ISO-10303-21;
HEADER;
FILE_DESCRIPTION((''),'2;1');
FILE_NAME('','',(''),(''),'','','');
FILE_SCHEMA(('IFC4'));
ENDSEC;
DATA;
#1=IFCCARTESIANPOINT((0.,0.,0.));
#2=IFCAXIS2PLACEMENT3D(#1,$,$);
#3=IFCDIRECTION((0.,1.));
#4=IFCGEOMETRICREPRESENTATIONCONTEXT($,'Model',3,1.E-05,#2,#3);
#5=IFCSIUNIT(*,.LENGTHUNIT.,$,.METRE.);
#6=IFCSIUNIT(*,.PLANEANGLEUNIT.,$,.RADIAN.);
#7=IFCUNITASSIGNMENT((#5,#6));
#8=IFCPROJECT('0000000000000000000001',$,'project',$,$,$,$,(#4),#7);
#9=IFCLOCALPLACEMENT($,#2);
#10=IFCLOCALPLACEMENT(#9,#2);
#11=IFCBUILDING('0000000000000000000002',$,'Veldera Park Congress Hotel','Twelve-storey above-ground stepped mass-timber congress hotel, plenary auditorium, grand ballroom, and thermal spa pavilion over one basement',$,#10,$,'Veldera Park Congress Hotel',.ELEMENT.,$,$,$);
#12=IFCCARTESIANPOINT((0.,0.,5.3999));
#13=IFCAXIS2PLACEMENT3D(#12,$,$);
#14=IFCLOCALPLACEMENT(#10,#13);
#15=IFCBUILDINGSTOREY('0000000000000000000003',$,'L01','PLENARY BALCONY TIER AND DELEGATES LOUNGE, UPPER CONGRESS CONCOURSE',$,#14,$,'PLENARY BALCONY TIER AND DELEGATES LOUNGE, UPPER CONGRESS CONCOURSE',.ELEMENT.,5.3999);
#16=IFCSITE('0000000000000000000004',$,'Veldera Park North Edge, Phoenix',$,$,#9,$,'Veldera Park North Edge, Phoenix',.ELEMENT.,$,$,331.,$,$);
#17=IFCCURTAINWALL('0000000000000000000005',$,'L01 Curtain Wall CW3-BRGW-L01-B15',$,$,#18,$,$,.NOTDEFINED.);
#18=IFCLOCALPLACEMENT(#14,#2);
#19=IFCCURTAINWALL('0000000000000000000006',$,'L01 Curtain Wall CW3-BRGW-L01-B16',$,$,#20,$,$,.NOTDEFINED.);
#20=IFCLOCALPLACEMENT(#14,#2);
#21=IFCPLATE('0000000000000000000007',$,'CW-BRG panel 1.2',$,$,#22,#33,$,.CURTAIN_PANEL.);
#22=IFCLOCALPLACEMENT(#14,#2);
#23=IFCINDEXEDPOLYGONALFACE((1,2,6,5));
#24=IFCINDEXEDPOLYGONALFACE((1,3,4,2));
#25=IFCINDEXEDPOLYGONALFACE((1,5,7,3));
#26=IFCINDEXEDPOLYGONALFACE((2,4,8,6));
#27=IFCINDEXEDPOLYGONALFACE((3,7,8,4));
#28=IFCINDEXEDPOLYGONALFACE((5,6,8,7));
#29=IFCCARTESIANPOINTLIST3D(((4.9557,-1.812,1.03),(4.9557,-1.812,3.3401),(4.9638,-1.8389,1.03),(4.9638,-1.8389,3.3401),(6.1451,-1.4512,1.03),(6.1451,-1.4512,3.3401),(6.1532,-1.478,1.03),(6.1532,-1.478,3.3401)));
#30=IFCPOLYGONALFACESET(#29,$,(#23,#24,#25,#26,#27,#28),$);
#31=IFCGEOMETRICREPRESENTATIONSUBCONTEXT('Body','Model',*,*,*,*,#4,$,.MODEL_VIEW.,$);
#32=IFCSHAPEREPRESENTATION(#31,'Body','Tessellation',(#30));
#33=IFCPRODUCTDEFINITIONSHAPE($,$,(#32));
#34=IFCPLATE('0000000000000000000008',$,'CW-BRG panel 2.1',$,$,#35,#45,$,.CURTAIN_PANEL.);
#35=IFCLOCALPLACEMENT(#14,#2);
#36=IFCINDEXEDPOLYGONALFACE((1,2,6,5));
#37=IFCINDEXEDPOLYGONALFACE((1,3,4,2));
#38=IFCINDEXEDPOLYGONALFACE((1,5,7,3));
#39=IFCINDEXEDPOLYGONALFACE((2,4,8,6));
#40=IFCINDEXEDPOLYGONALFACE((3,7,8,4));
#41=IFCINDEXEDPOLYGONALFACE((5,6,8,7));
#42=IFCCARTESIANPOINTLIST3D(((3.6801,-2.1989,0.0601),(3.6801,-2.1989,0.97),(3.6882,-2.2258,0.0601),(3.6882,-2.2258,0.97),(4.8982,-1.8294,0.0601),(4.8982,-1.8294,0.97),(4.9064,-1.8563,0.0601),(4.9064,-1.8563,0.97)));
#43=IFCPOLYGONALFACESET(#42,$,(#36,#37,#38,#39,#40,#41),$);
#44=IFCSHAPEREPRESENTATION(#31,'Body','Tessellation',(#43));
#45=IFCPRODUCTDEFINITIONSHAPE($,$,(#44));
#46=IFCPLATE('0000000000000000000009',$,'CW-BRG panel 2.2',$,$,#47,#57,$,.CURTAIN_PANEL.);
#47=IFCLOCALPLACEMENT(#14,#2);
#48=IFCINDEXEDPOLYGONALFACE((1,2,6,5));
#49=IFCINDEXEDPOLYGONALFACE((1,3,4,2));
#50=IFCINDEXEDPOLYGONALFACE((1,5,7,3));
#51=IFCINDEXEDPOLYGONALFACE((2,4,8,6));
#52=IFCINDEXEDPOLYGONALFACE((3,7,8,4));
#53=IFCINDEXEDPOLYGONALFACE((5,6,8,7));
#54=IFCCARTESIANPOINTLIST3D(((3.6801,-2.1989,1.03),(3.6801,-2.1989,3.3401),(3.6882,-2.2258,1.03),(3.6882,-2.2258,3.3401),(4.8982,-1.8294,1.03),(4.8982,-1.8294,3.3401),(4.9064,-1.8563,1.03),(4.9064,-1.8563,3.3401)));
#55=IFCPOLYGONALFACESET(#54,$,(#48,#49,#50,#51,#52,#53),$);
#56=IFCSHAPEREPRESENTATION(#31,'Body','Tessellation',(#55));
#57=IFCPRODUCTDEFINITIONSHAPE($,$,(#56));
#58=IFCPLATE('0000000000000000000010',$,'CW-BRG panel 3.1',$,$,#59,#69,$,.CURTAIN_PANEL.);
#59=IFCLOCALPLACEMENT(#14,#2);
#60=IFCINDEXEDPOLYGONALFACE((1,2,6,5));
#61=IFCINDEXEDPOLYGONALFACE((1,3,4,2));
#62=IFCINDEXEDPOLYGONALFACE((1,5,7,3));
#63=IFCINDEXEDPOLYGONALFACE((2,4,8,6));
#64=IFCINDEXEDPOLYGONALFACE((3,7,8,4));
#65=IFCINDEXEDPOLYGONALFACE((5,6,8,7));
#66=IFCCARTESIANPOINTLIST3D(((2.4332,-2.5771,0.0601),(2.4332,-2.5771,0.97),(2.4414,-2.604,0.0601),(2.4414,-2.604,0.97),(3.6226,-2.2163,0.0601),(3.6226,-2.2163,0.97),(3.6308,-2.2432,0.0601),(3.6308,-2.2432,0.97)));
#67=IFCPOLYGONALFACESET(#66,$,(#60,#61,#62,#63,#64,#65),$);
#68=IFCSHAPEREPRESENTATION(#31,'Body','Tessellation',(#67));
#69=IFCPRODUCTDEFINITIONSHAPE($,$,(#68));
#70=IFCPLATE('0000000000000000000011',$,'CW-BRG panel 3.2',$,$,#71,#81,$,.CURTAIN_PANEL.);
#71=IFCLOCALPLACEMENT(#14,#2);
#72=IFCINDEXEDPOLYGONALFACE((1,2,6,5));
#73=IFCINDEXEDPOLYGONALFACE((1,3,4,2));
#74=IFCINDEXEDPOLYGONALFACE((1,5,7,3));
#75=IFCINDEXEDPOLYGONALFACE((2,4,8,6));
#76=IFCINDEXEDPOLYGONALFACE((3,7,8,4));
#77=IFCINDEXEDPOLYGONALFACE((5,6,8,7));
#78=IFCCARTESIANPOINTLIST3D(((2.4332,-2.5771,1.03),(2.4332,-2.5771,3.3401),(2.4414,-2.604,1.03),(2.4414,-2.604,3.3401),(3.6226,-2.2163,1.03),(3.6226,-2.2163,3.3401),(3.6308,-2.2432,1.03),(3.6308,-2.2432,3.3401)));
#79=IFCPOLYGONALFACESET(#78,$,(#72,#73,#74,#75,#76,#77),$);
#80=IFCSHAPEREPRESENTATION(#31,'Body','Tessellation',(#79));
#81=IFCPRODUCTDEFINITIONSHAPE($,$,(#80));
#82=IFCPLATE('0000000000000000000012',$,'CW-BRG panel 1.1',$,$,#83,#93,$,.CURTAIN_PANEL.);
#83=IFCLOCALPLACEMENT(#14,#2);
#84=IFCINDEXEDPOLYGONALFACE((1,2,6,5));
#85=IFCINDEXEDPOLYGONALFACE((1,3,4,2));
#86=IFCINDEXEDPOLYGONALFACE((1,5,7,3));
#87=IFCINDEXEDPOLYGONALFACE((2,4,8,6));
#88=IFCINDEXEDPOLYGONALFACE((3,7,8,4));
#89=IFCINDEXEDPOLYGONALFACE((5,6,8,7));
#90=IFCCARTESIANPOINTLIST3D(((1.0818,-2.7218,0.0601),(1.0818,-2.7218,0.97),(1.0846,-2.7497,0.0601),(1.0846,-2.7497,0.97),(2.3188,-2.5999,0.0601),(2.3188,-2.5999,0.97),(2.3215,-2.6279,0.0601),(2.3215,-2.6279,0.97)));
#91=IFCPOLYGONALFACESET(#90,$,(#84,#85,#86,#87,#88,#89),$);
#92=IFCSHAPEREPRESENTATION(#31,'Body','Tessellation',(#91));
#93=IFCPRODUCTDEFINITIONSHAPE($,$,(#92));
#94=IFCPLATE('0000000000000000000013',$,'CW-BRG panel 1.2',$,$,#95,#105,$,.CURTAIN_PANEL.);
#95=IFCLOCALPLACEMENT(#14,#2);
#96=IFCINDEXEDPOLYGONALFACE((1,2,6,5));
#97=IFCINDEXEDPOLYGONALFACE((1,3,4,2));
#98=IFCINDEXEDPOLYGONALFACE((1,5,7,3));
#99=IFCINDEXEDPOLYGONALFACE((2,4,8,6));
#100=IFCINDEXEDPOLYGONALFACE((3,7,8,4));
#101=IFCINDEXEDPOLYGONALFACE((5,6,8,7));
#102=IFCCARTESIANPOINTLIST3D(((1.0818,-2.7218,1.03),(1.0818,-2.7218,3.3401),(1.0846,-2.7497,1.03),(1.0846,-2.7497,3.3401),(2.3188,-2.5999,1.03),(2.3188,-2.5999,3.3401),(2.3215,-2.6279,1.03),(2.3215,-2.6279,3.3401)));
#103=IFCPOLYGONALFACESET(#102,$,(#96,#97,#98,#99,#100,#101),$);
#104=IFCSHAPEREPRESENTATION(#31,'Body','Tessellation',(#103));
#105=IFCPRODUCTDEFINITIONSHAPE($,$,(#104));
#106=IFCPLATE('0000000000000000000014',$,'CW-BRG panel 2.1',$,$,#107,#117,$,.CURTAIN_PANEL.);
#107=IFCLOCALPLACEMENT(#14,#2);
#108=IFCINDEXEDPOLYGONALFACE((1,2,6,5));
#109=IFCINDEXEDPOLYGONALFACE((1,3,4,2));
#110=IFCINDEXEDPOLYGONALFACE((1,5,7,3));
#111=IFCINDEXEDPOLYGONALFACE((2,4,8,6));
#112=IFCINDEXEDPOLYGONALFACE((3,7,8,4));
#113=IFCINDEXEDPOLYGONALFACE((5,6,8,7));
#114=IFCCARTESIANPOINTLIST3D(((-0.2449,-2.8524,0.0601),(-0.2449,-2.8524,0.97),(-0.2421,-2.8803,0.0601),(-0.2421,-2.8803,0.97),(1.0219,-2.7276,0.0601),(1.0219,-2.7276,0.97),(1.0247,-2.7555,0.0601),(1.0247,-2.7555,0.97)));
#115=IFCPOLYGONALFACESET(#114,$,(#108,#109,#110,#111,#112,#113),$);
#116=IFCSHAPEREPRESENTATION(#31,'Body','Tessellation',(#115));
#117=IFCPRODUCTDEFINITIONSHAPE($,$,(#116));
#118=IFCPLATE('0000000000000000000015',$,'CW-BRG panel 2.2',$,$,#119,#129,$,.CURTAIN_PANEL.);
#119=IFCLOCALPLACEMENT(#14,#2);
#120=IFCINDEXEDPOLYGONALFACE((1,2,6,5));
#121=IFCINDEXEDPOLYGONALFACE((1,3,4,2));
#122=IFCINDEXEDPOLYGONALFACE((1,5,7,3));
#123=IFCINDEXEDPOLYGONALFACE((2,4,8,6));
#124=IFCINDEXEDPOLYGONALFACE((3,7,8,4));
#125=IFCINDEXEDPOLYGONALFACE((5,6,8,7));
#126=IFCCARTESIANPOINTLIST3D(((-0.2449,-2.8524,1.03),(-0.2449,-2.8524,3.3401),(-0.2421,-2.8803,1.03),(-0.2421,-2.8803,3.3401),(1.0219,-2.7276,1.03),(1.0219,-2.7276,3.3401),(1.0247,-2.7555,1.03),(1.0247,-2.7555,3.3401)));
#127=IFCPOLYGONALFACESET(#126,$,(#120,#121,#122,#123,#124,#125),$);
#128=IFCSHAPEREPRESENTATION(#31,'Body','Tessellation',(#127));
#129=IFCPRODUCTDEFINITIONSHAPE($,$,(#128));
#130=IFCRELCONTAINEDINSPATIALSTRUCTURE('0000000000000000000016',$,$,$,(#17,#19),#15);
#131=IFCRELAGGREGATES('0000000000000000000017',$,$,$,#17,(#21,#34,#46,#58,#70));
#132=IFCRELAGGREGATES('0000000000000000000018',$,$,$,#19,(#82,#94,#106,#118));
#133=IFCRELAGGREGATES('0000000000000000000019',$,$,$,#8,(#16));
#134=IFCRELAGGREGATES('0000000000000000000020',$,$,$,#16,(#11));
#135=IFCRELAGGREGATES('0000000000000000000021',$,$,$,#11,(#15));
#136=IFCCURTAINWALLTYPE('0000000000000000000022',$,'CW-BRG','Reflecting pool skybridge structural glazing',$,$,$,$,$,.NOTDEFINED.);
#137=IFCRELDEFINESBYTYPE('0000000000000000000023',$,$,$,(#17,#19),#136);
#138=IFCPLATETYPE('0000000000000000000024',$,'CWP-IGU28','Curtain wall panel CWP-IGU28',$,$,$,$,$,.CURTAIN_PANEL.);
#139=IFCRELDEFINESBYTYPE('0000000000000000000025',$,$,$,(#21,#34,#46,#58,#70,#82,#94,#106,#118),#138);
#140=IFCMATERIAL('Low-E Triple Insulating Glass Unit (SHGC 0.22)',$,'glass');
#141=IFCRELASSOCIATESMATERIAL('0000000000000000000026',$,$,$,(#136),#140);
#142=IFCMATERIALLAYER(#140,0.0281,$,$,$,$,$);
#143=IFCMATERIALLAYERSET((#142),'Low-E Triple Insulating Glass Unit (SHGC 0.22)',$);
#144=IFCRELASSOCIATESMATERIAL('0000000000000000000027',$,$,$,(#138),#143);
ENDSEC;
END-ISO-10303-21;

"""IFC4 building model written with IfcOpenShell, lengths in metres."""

from ifc_helpers import new_model, si_unit, direction, frame, origin, origin_2d, place, context, subcontext, project, spatial, rectangle, extrude, material, layer, layer_set, type_object, element, aggregate, save


model = new_model("IFC4")

# Units and contexts
model_context = context("Model", 3, precision=1e-05, world=origin(), true_north=direction((0.0, 1.0)))
body_context = subcontext(model_context, "Body", "Model", "MODEL_VIEW")
ifc_project = project(units=[si_unit("LENGTHUNIT", "METRE"), si_unit("PLANEANGLEUNIT", "RADIAN")], contexts=[model_context])

# Site, building, storey
site_placement = place(None, origin())
site = spatial("IfcSite", under=ifc_project, at=site_placement, Name="Veldera Park North Edge, Phoenix", LongName="Veldera Park North Edge, Phoenix", CompositionType="ELEMENT", RefElevation=331.0)
building_placement = place(site_placement, origin())
building = spatial("IfcBuilding", under=site, at=building_placement, Name="Veldera Park Congress Hotel", Description="Twelve-storey above-ground stepped mass-timber congress hotel, plenary auditorium, grand ballroom, and thermal spa pavilion over one basement", LongName="Veldera Park Congress Hotel", CompositionType="ELEMENT")
storey_placement = place(building_placement, frame((0.0, 0.0, 5.3999)))
storey = spatial("IfcBuildingStorey", under=building, at=storey_placement, Name="L01", Description="PLENARY BALCONY TIER AND DELEGATES LOUNGE, UPPER CONGRESS CONCOURSE", LongName="PLENARY BALCONY TIER AND DELEGATES LOUNGE, UPPER CONGRESS CONCOURSE", CompositionType="ELEMENT", Elevation=5.3999)

# Shared definitions
ifc_material_1 = material(Name="Low-E Triple Insulating Glass Unit (SHGC 0.22)", Category="glass")
curtain_wall_type = type_object("IfcCurtainWallType", Name="CW-BRG", Description="Reflecting pool skybridge structural glazing", PredefinedType="NOTDEFINED", material=ifc_material_1)

# Curtain walls
curtain_wall_1_placement = place(storey_placement, origin())
curtain_wall_1 = element("IfcCurtainWall", 1, at=curtain_wall_1_placement, inside=storey, type_object=curtain_wall_type, Name="L01 Curtain Wall CW3-BRGW-L01-B15", PredefinedType="NOTDEFINED")
curtain_wall_2_placement = place(storey_placement, origin())
curtain_wall_2 = element("IfcCurtainWall", 2, at=curtain_wall_2_placement, inside=storey, type_object=curtain_wall_type, Name="L01 Curtain Wall CW3-BRGW-L01-B16", PredefinedType="NOTDEFINED")

# Plates
ifc_layer = layer(ifc_material_1, 0.0281)
ifc_layer_set = layer_set([ifc_layer], Name="Low-E Triple Insulating Glass Unit (SHGC 0.22)")
plate_type = type_object("IfcPlateType", Name="CWP-IGU28", Description="Curtain wall panel CWP-IGU28", PredefinedType="CURTAIN_PANEL", material=ifc_layer_set)
plate_1_placement = place(storey_placement, frame((5.5544, -1.645, 1.03), z_axis=(0.0, 0.0, 1.0), x_axis=(-0.956939, -0.29029, 0.0)))
plate_1 = element("IfcPlate", 3, at=plate_1_placement, type_object=plate_type, Name="CW-BRG panel 1.2", PredefinedType="CURTAIN_PANEL", context=body_context, shape_type="SweptSolid", body=[
    extrude(rectangle(XDim=1.2429, YDim=0.0281, at=origin_2d()), origin(), (0.0, 0.0, 1.0), 2.3101),
])
plate_2_placement = place(storey_placement, frame((4.2932, -2.0276, 0.0601), z_axis=(0.0, 0.0, 1.0), x_axis=(-0.956939, -0.29029, 0.0)))
plate_2 = element("IfcPlate", 4, at=plate_2_placement, type_object=plate_type, Name="CW-BRG panel 2.1", PredefinedType="CURTAIN_PANEL", context=body_context, shape_type="SweptSolid", body=[
    extrude(rectangle(XDim=1.2729, YDim=0.0281, at=origin_2d()), origin(), (0.0, 0.0, 1.0), 0.9099),
])
plate_3_placement = place(storey_placement, frame((4.2932, -2.0276, 1.03), z_axis=(0.0, 0.0, 1.0), x_axis=(-0.956939, -0.29029, 0.0)))
plate_3 = element("IfcPlate", 5, at=plate_3_placement, type_object=plate_type, Name="CW-BRG panel 2.2", PredefinedType="CURTAIN_PANEL", context=body_context, shape_type="SweptSolid", body=[
    extrude(rectangle(XDim=1.2729, YDim=0.0281, at=origin_2d()), origin(), (0.0, 0.0, 1.0), 2.3101),
])
plate_4_placement = place(storey_placement, frame((3.032, -2.4102, 0.0601), z_axis=(0.0, 0.0, 1.0), x_axis=(-0.956939, -0.29029, 0.0)))
plate_4 = element("IfcPlate", 6, at=plate_4_placement, type_object=plate_type, Name="CW-BRG panel 3.1", PredefinedType="CURTAIN_PANEL", context=body_context, shape_type="SweptSolid", body=[
    extrude(rectangle(XDim=1.2429, YDim=0.0281, at=origin_2d()), origin(), (0.0, 0.0, 1.0), 0.9099),
])
plate_5_placement = place(storey_placement, frame((3.032, -2.4102, 1.03), z_axis=(0.0, 0.0, 1.0), x_axis=(-0.956939, -0.29029, 0.0)))
plate_5 = element("IfcPlate", 7, at=plate_5_placement, type_object=plate_type, Name="CW-BRG panel 3.2", PredefinedType="CURTAIN_PANEL", context=body_context, shape_type="SweptSolid", body=[
    extrude(rectangle(XDim=1.2429, YDim=0.0281, at=origin_2d()), origin(), (0.0, 0.0, 1.0), 2.3101),
])
aggregate(curtain_wall_1, [plate_1, plate_2, plate_3, plate_4, plate_5])
plate_6_placement = place(storey_placement, frame((1.7017, -2.6748, 0.0601), z_axis=(0.0, 0.0, 1.0), x_axis=(-0.995184, -0.098023, 0.0)))
plate_6 = element("IfcPlate", 8, at=plate_6_placement, type_object=plate_type, Name="CW-BRG panel 1.1", PredefinedType="CURTAIN_PANEL", context=body_context, shape_type="SweptSolid", body=[
    extrude(rectangle(XDim=1.2429, YDim=0.0281, at=origin_2d()), origin(), (0.0, 0.0, 1.0), 0.9099),
])
plate_7_placement = place(storey_placement, frame((1.7017, -2.6748, 1.03), z_axis=(0.0, 0.0, 1.0), x_axis=(-0.995184, -0.098023, 0.0)))
plate_7 = element("IfcPlate", 9, at=plate_7_placement, type_object=plate_type, Name="CW-BRG panel 1.2", PredefinedType="CURTAIN_PANEL", context=body_context, shape_type="SweptSolid", body=[
    extrude(rectangle(XDim=1.2429, YDim=0.0281, at=origin_2d()), origin(), (0.0, 0.0, 1.0), 2.3101),
])
plate_8_placement = place(storey_placement, frame((0.3899, -2.804, 0.0601), z_axis=(0.0, 0.0, 1.0), x_axis=(-0.995184, -0.098023, 0.0)))
plate_8 = element("IfcPlate", 10, at=plate_8_placement, type_object=plate_type, Name="CW-BRG panel 2.1", PredefinedType="CURTAIN_PANEL", context=body_context, shape_type="SweptSolid", body=[
    extrude(rectangle(XDim=1.2729, YDim=0.0281, at=origin_2d()), origin(), (0.0, 0.0, 1.0), 0.9099),
])
plate_9_placement = place(storey_placement, frame((0.3899, -2.804, 1.03), z_axis=(0.0, 0.0, 1.0), x_axis=(-0.995184, -0.098023, 0.0)))
plate_9 = element("IfcPlate", 11, at=plate_9_placement, type_object=plate_type, Name="CW-BRG panel 2.2", PredefinedType="CURTAIN_PANEL", context=body_context, shape_type="SweptSolid", body=[
    extrude(rectangle(XDim=1.2729, YDim=0.0281, at=origin_2d()), origin(), (0.0, 0.0, 1.0), 2.3101),
])
aggregate(curtain_wall_2, [plate_6, plate_7, plate_8, plate_9])

save(model, "model.ifc")
